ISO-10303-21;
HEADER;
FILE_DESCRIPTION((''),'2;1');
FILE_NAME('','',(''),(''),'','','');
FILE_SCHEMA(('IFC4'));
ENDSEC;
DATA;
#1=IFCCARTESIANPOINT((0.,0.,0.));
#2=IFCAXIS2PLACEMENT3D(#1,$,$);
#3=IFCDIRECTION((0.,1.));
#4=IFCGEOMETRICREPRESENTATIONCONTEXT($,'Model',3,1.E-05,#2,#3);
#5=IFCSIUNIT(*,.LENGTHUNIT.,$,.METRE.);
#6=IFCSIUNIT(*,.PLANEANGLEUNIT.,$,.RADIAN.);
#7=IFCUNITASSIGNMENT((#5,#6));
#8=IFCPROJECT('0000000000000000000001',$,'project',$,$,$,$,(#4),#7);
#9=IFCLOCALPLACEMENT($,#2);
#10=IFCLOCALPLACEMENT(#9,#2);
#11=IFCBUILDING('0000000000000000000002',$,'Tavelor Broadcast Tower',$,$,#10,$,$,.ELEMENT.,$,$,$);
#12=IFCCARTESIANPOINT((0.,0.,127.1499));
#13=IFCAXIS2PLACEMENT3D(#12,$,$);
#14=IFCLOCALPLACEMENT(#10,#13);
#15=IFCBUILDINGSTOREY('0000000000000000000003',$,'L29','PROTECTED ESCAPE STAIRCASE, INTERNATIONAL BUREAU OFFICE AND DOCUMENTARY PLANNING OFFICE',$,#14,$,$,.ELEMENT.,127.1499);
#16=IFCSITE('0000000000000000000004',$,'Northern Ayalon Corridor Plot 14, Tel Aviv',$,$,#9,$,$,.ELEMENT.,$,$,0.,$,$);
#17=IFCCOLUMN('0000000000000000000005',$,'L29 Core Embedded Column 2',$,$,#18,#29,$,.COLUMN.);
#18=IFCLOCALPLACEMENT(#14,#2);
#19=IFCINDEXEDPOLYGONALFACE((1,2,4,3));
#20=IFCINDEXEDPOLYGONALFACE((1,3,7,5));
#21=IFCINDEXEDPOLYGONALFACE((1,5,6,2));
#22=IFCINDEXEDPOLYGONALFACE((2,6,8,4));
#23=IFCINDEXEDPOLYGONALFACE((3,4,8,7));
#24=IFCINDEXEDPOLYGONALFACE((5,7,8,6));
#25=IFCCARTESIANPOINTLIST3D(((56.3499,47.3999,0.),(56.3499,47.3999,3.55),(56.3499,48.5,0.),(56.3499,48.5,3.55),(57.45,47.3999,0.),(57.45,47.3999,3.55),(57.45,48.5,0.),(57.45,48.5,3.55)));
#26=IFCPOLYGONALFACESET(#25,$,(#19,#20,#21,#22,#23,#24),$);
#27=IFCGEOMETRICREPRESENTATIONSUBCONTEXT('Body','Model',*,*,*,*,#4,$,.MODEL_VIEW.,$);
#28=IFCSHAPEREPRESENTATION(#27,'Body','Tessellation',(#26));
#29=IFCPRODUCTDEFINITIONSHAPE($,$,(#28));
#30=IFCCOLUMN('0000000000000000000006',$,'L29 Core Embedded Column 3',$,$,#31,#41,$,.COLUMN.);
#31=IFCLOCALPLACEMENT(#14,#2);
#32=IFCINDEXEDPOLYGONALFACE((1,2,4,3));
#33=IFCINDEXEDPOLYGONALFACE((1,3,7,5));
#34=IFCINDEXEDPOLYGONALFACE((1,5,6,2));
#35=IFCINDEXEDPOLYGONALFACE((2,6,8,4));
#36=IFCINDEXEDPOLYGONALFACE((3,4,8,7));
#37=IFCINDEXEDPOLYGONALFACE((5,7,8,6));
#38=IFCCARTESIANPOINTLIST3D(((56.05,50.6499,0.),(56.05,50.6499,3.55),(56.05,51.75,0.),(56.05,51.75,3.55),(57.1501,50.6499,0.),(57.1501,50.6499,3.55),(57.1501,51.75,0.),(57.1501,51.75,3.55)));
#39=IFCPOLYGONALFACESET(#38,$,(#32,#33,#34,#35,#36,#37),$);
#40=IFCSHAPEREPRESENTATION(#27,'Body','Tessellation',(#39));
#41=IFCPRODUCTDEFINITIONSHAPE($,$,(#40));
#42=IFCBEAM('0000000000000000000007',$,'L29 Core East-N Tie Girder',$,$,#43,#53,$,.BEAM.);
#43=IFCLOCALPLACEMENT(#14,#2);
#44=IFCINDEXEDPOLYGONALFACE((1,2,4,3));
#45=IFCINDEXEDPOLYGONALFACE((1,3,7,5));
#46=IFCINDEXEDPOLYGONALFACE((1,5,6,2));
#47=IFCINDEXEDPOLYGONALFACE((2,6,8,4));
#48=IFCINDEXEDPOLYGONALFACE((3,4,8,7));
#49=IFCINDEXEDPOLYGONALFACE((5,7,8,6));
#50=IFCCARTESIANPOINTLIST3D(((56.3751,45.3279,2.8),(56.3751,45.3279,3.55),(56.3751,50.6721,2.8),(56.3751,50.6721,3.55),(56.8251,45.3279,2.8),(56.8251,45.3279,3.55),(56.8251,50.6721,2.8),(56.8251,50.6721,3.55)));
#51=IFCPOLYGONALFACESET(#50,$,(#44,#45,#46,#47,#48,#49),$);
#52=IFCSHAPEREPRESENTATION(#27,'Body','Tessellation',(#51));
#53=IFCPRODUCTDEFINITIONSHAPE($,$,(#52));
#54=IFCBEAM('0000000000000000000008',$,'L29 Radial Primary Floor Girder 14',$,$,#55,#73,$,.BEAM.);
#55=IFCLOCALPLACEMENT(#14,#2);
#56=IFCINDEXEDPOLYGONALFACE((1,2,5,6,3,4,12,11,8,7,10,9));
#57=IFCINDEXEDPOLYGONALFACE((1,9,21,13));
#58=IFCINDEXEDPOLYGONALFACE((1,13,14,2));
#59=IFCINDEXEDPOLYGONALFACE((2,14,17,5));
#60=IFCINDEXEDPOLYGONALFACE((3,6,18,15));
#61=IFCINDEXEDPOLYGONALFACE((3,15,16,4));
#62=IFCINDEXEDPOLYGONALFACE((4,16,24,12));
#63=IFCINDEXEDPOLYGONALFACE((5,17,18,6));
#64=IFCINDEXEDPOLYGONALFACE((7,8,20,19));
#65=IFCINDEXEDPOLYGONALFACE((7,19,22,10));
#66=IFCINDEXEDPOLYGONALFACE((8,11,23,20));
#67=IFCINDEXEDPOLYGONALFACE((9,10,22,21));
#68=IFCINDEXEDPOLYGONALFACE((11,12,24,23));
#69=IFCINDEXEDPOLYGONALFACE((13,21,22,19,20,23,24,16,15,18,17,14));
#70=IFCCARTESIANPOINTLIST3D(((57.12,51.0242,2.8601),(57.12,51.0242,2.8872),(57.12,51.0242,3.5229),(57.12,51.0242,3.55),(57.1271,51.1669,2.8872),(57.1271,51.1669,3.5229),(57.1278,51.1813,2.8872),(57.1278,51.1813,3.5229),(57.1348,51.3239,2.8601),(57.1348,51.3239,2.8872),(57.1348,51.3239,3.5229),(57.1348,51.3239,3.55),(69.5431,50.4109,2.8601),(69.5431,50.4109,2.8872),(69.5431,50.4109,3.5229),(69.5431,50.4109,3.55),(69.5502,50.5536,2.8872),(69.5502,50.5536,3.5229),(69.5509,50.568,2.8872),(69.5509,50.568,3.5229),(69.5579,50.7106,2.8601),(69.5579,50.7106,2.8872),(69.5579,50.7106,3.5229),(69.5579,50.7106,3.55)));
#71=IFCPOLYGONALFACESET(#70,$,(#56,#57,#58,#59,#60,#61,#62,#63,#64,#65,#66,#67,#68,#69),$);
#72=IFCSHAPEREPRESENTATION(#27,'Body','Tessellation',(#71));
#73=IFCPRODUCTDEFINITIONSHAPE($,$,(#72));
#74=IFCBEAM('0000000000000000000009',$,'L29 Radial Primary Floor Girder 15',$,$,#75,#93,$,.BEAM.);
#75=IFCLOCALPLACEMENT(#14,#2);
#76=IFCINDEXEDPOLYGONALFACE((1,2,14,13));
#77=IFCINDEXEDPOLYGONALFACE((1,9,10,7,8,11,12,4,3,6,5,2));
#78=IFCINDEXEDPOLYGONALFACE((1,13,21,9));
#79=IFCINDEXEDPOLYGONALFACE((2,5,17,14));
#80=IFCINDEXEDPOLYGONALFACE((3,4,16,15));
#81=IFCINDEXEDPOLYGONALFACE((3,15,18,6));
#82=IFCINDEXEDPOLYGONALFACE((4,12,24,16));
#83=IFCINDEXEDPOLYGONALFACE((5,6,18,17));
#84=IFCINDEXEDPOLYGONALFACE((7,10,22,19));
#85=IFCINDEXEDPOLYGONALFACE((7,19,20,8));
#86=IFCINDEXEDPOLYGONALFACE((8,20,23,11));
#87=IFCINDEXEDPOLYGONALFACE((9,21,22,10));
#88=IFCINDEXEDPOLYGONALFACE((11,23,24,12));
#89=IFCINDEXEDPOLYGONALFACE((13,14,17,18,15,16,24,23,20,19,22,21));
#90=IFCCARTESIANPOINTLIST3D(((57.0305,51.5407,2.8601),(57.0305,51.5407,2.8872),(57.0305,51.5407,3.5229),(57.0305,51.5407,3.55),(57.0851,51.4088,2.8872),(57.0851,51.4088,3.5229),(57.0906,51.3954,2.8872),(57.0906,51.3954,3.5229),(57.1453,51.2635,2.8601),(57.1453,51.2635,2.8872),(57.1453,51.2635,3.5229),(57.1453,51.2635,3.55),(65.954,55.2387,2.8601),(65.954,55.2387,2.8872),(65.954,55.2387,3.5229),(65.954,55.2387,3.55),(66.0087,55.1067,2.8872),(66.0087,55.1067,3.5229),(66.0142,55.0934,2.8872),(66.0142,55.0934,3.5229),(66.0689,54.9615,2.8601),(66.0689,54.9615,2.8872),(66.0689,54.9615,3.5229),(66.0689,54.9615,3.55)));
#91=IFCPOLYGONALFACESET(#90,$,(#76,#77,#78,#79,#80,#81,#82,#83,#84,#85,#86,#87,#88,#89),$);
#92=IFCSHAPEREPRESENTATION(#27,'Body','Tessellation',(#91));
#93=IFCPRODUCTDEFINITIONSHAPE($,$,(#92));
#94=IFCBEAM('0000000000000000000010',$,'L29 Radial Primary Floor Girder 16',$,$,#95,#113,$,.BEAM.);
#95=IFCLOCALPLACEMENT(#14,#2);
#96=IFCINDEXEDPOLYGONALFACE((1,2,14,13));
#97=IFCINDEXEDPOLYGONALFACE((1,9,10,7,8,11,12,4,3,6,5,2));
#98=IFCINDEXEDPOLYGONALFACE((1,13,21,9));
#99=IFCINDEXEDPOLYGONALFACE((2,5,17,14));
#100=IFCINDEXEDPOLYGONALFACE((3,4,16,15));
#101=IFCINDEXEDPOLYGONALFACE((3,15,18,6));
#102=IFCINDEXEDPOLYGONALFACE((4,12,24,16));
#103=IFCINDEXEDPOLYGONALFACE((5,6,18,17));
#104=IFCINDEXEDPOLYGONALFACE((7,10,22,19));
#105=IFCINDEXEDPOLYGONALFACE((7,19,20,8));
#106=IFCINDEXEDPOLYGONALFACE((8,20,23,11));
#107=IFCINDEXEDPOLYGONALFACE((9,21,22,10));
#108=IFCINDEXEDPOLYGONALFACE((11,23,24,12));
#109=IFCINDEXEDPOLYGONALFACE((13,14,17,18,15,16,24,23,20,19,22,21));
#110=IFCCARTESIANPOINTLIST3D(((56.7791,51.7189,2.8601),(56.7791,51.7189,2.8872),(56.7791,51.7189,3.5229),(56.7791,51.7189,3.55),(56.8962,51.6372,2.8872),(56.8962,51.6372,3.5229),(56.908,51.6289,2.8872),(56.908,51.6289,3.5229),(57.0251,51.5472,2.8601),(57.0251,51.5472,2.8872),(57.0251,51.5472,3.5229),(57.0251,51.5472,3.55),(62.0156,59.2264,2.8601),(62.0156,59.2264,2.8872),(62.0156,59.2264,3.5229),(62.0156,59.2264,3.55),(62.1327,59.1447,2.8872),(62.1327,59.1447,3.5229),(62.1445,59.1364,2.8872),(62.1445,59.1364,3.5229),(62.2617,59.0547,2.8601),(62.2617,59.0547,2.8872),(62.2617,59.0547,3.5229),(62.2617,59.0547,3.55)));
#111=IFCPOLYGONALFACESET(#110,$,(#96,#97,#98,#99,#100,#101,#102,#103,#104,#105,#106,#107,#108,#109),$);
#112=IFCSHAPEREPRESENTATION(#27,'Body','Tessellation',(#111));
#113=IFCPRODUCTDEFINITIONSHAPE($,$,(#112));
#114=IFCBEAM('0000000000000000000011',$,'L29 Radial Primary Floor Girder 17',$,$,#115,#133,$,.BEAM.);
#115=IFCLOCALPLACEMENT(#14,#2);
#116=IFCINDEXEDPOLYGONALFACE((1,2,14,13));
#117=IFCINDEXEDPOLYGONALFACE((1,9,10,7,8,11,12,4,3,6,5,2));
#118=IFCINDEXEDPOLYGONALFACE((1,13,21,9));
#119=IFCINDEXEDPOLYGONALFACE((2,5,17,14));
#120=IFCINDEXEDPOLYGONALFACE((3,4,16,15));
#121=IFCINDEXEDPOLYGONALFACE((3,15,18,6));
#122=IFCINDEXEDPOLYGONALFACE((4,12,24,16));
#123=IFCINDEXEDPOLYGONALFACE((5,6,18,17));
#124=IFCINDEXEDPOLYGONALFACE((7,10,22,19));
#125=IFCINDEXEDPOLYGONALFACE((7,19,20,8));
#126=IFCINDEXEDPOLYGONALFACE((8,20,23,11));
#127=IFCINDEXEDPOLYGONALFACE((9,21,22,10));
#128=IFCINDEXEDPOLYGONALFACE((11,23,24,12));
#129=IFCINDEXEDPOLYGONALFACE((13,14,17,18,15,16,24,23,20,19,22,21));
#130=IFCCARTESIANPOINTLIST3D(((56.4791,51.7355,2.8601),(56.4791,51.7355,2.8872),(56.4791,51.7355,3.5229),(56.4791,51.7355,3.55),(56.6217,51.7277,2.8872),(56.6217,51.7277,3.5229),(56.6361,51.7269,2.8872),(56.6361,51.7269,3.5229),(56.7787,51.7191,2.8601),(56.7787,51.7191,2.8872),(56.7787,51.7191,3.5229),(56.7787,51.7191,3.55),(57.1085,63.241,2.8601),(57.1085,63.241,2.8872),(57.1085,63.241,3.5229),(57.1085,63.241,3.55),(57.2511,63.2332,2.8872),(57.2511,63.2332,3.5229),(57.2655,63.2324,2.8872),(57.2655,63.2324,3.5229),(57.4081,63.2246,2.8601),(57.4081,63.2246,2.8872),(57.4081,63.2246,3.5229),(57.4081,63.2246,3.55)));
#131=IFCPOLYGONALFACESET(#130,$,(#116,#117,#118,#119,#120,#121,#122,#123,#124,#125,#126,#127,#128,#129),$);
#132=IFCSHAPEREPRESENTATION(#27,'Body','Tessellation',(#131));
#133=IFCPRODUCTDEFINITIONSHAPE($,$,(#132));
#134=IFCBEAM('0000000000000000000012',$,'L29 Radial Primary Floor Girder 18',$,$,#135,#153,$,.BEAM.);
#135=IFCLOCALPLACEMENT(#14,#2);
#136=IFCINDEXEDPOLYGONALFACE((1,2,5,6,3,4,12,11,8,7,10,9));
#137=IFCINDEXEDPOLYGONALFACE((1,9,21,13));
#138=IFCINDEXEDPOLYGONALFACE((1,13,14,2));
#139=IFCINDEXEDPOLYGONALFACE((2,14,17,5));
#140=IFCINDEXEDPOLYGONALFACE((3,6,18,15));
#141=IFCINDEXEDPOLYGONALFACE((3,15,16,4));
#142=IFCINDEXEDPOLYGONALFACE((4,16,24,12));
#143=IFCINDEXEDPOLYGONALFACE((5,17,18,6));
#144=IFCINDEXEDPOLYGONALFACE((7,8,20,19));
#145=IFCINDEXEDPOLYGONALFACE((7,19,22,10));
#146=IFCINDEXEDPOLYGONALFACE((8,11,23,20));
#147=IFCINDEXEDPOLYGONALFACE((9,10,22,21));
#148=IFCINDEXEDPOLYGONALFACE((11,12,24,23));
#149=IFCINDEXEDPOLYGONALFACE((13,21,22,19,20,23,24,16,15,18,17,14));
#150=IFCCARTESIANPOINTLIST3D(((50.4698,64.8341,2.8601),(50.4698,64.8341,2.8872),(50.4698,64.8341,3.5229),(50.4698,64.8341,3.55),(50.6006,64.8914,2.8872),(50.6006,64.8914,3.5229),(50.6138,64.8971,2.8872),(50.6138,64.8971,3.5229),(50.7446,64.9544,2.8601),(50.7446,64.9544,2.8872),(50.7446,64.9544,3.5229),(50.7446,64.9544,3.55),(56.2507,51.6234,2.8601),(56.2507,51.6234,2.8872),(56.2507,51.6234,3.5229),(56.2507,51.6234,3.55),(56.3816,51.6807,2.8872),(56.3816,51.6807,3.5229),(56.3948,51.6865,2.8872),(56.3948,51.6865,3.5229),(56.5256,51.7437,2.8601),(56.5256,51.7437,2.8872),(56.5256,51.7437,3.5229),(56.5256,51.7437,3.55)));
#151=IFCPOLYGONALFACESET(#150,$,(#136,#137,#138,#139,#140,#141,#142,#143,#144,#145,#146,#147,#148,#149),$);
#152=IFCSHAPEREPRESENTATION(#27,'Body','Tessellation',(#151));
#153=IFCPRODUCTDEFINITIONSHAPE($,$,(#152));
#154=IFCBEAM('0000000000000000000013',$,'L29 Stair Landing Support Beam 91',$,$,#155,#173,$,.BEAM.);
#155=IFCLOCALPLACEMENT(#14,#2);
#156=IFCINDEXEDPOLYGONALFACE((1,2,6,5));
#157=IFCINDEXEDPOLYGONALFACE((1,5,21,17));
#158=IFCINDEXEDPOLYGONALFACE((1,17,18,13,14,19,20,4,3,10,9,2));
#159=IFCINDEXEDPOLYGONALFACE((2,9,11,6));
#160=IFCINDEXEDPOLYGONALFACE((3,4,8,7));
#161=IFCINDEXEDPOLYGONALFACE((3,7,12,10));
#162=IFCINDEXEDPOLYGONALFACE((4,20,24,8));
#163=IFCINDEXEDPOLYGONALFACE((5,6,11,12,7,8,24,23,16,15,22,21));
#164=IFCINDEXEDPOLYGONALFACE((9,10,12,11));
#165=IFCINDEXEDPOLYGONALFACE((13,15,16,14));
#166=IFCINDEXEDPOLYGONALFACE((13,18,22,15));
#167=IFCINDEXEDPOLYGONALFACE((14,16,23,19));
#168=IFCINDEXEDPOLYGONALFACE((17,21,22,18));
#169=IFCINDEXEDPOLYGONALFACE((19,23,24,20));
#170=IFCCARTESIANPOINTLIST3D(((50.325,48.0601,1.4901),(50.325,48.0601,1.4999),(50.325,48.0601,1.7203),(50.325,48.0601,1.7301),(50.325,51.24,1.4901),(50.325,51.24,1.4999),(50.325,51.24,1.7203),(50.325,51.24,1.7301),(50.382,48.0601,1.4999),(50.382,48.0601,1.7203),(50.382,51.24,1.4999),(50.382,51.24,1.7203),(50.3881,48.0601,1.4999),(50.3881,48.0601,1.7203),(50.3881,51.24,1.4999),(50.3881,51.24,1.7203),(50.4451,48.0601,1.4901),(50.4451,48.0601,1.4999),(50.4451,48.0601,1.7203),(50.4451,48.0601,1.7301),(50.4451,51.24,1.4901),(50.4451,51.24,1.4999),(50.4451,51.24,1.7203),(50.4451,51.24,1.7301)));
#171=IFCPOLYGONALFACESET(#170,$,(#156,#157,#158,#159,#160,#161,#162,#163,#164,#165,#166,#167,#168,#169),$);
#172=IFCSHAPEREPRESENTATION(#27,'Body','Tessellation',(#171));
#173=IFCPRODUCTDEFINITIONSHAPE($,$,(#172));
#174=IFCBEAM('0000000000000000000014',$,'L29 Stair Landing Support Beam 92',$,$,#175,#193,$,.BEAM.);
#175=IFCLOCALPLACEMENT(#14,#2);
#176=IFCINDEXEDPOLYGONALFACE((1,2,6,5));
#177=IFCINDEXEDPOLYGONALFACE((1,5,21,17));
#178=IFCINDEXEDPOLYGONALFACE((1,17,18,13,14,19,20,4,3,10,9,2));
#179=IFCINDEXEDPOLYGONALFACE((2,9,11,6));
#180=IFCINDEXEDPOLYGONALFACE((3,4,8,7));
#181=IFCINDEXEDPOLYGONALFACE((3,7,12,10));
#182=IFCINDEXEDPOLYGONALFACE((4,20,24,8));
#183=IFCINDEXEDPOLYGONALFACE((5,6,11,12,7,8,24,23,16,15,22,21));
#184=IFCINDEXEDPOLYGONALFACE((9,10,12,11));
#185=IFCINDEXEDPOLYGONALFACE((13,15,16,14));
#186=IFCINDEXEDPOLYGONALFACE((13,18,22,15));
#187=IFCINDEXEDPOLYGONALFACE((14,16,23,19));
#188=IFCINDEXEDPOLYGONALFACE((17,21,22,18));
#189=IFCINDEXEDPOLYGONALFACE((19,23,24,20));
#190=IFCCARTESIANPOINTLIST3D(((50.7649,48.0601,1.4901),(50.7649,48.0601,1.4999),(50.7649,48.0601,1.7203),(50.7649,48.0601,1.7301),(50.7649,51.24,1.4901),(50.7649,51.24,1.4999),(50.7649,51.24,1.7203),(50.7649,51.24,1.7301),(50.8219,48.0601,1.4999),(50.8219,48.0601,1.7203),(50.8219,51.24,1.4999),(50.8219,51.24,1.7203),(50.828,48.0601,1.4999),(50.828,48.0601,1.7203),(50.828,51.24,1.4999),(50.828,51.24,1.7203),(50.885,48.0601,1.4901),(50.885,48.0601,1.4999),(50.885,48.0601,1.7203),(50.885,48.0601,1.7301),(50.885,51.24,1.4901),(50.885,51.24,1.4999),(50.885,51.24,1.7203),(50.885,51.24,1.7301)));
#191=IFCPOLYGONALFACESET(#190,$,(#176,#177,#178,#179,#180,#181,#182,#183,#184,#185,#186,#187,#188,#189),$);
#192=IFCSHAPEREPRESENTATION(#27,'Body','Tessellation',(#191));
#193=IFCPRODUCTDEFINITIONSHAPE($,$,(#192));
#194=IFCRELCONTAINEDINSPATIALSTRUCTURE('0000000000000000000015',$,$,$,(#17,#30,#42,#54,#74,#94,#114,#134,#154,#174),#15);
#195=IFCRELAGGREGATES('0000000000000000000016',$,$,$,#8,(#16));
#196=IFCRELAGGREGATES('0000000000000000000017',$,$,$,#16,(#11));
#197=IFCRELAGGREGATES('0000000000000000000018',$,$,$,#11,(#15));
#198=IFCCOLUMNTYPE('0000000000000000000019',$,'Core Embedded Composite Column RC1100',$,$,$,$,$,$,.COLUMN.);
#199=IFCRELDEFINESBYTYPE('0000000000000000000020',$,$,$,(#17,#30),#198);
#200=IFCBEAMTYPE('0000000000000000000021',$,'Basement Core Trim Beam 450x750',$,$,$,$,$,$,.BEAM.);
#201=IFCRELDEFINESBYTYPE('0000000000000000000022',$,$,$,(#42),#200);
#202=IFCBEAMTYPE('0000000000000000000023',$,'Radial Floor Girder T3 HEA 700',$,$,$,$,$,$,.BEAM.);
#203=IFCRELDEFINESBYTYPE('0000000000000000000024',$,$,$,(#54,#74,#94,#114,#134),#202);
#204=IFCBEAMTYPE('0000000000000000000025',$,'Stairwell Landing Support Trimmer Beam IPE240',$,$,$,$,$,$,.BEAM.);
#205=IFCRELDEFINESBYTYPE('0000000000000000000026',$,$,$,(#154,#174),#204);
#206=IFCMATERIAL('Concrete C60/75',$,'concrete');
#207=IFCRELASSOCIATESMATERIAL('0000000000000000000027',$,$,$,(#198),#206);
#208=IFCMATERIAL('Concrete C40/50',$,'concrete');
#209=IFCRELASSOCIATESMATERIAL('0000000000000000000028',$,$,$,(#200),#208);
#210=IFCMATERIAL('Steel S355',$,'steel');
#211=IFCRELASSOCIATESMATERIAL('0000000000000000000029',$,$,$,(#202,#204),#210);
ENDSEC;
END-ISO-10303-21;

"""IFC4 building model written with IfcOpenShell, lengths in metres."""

from ifc_helpers import new_model, si_unit, direction, frame, origin, origin_2d, place, context, subcontext, project, spatial, rectangle, i_section, extrude, material, material_profile, profile_set, type_object, element, save


model = new_model("IFC4")

# Units and contexts
model_context = context("Model", 3, precision=1e-05, world=origin(), true_north=direction((0.0, 1.0)))
body_context = subcontext(model_context, "Body", "Model", "MODEL_VIEW")
ifc_project = project(units=[si_unit("LENGTHUNIT", "METRE"), si_unit("PLANEANGLEUNIT", "RADIAN")], contexts=[model_context])

# Site, building, storey
site_placement = place(None, origin())
site = spatial("IfcSite", under=ifc_project, at=site_placement, Name="Northern Ayalon Corridor Plot 14, Tel Aviv", CompositionType="ELEMENT", RefElevation=0.0)
building_placement = place(site_placement, origin())
building = spatial("IfcBuilding", under=site, at=building_placement, Name="Tavelor Broadcast Tower", CompositionType="ELEMENT")
storey_placement = place(building_placement, frame((0.0, 0.0, 127.1499)))
storey = spatial("IfcBuildingStorey", under=building, at=storey_placement, Name="L29", Description="PROTECTED ESCAPE STAIRCASE, INTERNATIONAL BUREAU OFFICE AND DOCUMENTARY PLANNING OFFICE", CompositionType="ELEMENT", Elevation=127.1499)

# Columns
ifc_material_1 = material(Name="Concrete C60/75", Category="concrete")
ifc_material_profile_1 = material_profile(ifc_material_1, rectangle(XDim=1.1001, YDim=1.1001, at=origin_2d()), Name="RC 1100x1100")
ifc_profile_set_1 = profile_set([ifc_material_profile_1], Name="Concrete C60/75")
column_type = type_object("IfcColumnType", Name="Core Embedded Composite Column RC1100", PredefinedType="COLUMN", material=ifc_profile_set_1)
for number, where, z_axis, x_axis, name in (
    (1, (56.8999, 47.95, 0.0), (0.0, 0.0, 1.0), (1.0, 0.0, 0.0), "L29 Core Embedded Column 2"),
    (2, (56.6001, 51.2, 0.0), (0.0, 0.0, 1.0), (1.0, 0.0, 0.0), "L29 Core Embedded Column 3"),
):
    element("IfcColumn", number, at=place(storey_placement, frame(where, z_axis=z_axis, x_axis=x_axis)), inside=storey, type_object=column_type, Name=name, PredefinedType="COLUMN", context=body_context, shape_type="SweptSolid", body=[
        extrude(rectangle(XDim=1.1001, YDim=1.1001, at=origin_2d()), origin(), (0.0, 0.0, 1.0), 3.55),
    ])

# Beams
ifc_material_2 = material(Name="Concrete C40/50", Category="concrete")
ifc_material_profile_2 = material_profile(ifc_material_2, rectangle(XDim=0.45, YDim=0.75, at=origin_2d()), Name="RC 450x750")
ifc_profile_set_2 = profile_set([ifc_material_profile_2], Name="Concrete C40/50")
beam_type_1 = type_object("IfcBeamType", Name="Basement Core Trim Beam 450x750", PredefinedType="BEAM", material=ifc_profile_set_2)
beam_1_placement = place(storey_placement, frame((56.6001, 45.3279, 3.175), z_axis=(0.0, 1.0, 0.0), x_axis=(-1.0, 0.0, 0.0)))
element("IfcBeam", 3, at=beam_1_placement, inside=storey, type_object=beam_type_1, Name="L29 Core East-N Tie Girder", PredefinedType="BEAM", context=body_context, shape_type="SweptSolid", body=[
    extrude(rectangle(XDim=0.45, YDim=0.75, at=origin_2d()), origin(), (0.0, 0.0, 1.0), 5.3442),
])
ifc_material_3 = material(Name="Steel S355", Category="steel")
ifc_material_profile_3 = material_profile(ifc_material_3, i_section(OverallWidth=0.3, OverallDepth=0.6899, WebThickness=0.0144, FlangeThickness=0.0271, at=origin_2d()), Name="HEA 700")
ifc_profile_set_3 = profile_set([ifc_material_profile_3], Name="Steel S355")
beam_type_2 = type_object("IfcBeamType", Name="Radial Floor Girder T3 HEA 700", PredefinedType="BEAM", material=ifc_profile_set_3)
beam_2_placement = place(storey_placement, frame((57.1274, 51.1741, 3.2051), z_axis=(0.998784, -0.049306, 0.0), x_axis=(0.049306, 0.998784, 0.0)))
element("IfcBeam", 4, at=beam_2_placement, inside=storey, type_object=beam_type_2, Name="L29 Radial Primary Floor Girder 14", PredefinedType="BEAM", context=body_context, shape_type="SweptSolid", body=[
    extrude(i_section(OverallWidth=0.3, OverallDepth=0.6899, WebThickness=0.0144, FlangeThickness=0.0271, at=origin_2d()), origin(), (0.0, 0.0, 1.0), 12.4382),
])
beam_3_placement = place(storey_placement, frame((57.0879, 51.4021, 3.2051), z_axis=(0.923816, 0.382836, 0.0), x_axis=(-0.382836, 0.923816, 0.0)))
element("IfcBeam", 5, at=beam_3_placement, inside=storey, type_object=beam_type_2, Name="L29 Radial Primary Floor Girder 15", PredefinedType="BEAM", context=body_context, shape_type="SweptSolid", body=[
    extrude(i_section(OverallWidth=0.3, OverallDepth=0.6899, WebThickness=0.0144, FlangeThickness=0.0271, at=origin_2d()), origin(), (0.0, 0.0, 1.0), 9.6594),
])
beam_4_placement = place(storey_placement, frame((56.9021, 51.6331, 3.2051), z_axis=(0.572089, 0.820192, 0.0), x_axis=(-0.820192, 0.572089, 0.0)))
element("IfcBeam", 6, at=beam_4_placement, inside=storey, type_object=beam_type_2, Name="L29 Radial Primary Floor Girder 16", PredefinedType="BEAM", context=body_context, shape_type="SweptSolid", body=[
    extrude(i_section(OverallWidth=0.3, OverallDepth=0.6899, WebThickness=0.0144, FlangeThickness=0.0271, at=origin_2d()), origin(), (0.0, 0.0, 1.0), 9.1533),
])
beam_5_placement = place(storey_placement, frame((56.6289, 51.7273, 3.2051), z_axis=(0.054622, 0.998507, 0.0), x_axis=(-0.998507, 0.054622, 0.0)))
element("IfcBeam", 7, at=beam_5_placement, inside=storey, type_object=beam_type_2, Name="L29 Radial Primary Floor Girder 17", PredefinedType="BEAM", context=body_context, shape_type="SweptSolid", body=[
    extrude(i_section(OverallWidth=0.3, OverallDepth=0.6899, WebThickness=0.0144, FlangeThickness=0.0271, at=origin_2d()), origin(), (0.0, 0.0, 1.0), 11.5227),
])
beam_6_placement = place(storey_placement, frame((56.3882, 51.6836, 3.2051), z_axis=(-0.400896, 0.916124, 0.0), x_axis=(-0.916124, -0.400896, 0.0)))
element("IfcBeam", 8, at=beam_6_placement, inside=storey, type_object=beam_type_2, Name="L29 Radial Primary Floor Girder 18", PredefinedType="BEAM", context=body_context, shape_type="SweptSolid", body=[
    extrude(i_section(OverallWidth=0.3, OverallDepth=0.6899, WebThickness=0.0144, FlangeThickness=0.0271, at=origin_2d()), origin(), (0.0, 0.0, 1.0), 14.4202),
])
ifc_material_profile_4 = material_profile(ifc_material_3, i_section(OverallWidth=0.1201, OverallDepth=0.24, WebThickness=0.0061, FlangeThickness=0.0098, at=origin_2d()), Name="IPE 240")
ifc_profile_set_4 = profile_set([ifc_material_profile_4], Name="Steel S355")
beam_type_3 = type_object("IfcBeamType", Name="Stairwell Landing Support Trimmer Beam IPE240", PredefinedType="BEAM", material=ifc_profile_set_4)
for number, where, z_axis, x_axis, name in (
    (9, (50.385, 48.0601, 1.6101), (0.0, 1.0, 0.0), (-1.0, 0.0, 0.0), "L29 Stair Landing Support Beam 91"),
    (10, (50.825, 48.0601, 1.6101), (0.0, 1.0, 0.0), (-1.0, 0.0, 0.0), "L29 Stair Landing Support Beam 92"),
):
    element("IfcBeam", number, at=place(storey_placement, frame(where, z_axis=z_axis, x_axis=x_axis)), inside=storey, type_object=beam_type_3, Name=name, PredefinedType="BEAM", context=body_context, shape_type="SweptSolid", body=[
        extrude(i_section(OverallWidth=0.1201, OverallDepth=0.24, WebThickness=0.0061, FlangeThickness=0.0098, at=origin_2d()), origin(), (0.0, 0.0, 1.0), 3.1799),
    ])

save(model, "model.ifc")
